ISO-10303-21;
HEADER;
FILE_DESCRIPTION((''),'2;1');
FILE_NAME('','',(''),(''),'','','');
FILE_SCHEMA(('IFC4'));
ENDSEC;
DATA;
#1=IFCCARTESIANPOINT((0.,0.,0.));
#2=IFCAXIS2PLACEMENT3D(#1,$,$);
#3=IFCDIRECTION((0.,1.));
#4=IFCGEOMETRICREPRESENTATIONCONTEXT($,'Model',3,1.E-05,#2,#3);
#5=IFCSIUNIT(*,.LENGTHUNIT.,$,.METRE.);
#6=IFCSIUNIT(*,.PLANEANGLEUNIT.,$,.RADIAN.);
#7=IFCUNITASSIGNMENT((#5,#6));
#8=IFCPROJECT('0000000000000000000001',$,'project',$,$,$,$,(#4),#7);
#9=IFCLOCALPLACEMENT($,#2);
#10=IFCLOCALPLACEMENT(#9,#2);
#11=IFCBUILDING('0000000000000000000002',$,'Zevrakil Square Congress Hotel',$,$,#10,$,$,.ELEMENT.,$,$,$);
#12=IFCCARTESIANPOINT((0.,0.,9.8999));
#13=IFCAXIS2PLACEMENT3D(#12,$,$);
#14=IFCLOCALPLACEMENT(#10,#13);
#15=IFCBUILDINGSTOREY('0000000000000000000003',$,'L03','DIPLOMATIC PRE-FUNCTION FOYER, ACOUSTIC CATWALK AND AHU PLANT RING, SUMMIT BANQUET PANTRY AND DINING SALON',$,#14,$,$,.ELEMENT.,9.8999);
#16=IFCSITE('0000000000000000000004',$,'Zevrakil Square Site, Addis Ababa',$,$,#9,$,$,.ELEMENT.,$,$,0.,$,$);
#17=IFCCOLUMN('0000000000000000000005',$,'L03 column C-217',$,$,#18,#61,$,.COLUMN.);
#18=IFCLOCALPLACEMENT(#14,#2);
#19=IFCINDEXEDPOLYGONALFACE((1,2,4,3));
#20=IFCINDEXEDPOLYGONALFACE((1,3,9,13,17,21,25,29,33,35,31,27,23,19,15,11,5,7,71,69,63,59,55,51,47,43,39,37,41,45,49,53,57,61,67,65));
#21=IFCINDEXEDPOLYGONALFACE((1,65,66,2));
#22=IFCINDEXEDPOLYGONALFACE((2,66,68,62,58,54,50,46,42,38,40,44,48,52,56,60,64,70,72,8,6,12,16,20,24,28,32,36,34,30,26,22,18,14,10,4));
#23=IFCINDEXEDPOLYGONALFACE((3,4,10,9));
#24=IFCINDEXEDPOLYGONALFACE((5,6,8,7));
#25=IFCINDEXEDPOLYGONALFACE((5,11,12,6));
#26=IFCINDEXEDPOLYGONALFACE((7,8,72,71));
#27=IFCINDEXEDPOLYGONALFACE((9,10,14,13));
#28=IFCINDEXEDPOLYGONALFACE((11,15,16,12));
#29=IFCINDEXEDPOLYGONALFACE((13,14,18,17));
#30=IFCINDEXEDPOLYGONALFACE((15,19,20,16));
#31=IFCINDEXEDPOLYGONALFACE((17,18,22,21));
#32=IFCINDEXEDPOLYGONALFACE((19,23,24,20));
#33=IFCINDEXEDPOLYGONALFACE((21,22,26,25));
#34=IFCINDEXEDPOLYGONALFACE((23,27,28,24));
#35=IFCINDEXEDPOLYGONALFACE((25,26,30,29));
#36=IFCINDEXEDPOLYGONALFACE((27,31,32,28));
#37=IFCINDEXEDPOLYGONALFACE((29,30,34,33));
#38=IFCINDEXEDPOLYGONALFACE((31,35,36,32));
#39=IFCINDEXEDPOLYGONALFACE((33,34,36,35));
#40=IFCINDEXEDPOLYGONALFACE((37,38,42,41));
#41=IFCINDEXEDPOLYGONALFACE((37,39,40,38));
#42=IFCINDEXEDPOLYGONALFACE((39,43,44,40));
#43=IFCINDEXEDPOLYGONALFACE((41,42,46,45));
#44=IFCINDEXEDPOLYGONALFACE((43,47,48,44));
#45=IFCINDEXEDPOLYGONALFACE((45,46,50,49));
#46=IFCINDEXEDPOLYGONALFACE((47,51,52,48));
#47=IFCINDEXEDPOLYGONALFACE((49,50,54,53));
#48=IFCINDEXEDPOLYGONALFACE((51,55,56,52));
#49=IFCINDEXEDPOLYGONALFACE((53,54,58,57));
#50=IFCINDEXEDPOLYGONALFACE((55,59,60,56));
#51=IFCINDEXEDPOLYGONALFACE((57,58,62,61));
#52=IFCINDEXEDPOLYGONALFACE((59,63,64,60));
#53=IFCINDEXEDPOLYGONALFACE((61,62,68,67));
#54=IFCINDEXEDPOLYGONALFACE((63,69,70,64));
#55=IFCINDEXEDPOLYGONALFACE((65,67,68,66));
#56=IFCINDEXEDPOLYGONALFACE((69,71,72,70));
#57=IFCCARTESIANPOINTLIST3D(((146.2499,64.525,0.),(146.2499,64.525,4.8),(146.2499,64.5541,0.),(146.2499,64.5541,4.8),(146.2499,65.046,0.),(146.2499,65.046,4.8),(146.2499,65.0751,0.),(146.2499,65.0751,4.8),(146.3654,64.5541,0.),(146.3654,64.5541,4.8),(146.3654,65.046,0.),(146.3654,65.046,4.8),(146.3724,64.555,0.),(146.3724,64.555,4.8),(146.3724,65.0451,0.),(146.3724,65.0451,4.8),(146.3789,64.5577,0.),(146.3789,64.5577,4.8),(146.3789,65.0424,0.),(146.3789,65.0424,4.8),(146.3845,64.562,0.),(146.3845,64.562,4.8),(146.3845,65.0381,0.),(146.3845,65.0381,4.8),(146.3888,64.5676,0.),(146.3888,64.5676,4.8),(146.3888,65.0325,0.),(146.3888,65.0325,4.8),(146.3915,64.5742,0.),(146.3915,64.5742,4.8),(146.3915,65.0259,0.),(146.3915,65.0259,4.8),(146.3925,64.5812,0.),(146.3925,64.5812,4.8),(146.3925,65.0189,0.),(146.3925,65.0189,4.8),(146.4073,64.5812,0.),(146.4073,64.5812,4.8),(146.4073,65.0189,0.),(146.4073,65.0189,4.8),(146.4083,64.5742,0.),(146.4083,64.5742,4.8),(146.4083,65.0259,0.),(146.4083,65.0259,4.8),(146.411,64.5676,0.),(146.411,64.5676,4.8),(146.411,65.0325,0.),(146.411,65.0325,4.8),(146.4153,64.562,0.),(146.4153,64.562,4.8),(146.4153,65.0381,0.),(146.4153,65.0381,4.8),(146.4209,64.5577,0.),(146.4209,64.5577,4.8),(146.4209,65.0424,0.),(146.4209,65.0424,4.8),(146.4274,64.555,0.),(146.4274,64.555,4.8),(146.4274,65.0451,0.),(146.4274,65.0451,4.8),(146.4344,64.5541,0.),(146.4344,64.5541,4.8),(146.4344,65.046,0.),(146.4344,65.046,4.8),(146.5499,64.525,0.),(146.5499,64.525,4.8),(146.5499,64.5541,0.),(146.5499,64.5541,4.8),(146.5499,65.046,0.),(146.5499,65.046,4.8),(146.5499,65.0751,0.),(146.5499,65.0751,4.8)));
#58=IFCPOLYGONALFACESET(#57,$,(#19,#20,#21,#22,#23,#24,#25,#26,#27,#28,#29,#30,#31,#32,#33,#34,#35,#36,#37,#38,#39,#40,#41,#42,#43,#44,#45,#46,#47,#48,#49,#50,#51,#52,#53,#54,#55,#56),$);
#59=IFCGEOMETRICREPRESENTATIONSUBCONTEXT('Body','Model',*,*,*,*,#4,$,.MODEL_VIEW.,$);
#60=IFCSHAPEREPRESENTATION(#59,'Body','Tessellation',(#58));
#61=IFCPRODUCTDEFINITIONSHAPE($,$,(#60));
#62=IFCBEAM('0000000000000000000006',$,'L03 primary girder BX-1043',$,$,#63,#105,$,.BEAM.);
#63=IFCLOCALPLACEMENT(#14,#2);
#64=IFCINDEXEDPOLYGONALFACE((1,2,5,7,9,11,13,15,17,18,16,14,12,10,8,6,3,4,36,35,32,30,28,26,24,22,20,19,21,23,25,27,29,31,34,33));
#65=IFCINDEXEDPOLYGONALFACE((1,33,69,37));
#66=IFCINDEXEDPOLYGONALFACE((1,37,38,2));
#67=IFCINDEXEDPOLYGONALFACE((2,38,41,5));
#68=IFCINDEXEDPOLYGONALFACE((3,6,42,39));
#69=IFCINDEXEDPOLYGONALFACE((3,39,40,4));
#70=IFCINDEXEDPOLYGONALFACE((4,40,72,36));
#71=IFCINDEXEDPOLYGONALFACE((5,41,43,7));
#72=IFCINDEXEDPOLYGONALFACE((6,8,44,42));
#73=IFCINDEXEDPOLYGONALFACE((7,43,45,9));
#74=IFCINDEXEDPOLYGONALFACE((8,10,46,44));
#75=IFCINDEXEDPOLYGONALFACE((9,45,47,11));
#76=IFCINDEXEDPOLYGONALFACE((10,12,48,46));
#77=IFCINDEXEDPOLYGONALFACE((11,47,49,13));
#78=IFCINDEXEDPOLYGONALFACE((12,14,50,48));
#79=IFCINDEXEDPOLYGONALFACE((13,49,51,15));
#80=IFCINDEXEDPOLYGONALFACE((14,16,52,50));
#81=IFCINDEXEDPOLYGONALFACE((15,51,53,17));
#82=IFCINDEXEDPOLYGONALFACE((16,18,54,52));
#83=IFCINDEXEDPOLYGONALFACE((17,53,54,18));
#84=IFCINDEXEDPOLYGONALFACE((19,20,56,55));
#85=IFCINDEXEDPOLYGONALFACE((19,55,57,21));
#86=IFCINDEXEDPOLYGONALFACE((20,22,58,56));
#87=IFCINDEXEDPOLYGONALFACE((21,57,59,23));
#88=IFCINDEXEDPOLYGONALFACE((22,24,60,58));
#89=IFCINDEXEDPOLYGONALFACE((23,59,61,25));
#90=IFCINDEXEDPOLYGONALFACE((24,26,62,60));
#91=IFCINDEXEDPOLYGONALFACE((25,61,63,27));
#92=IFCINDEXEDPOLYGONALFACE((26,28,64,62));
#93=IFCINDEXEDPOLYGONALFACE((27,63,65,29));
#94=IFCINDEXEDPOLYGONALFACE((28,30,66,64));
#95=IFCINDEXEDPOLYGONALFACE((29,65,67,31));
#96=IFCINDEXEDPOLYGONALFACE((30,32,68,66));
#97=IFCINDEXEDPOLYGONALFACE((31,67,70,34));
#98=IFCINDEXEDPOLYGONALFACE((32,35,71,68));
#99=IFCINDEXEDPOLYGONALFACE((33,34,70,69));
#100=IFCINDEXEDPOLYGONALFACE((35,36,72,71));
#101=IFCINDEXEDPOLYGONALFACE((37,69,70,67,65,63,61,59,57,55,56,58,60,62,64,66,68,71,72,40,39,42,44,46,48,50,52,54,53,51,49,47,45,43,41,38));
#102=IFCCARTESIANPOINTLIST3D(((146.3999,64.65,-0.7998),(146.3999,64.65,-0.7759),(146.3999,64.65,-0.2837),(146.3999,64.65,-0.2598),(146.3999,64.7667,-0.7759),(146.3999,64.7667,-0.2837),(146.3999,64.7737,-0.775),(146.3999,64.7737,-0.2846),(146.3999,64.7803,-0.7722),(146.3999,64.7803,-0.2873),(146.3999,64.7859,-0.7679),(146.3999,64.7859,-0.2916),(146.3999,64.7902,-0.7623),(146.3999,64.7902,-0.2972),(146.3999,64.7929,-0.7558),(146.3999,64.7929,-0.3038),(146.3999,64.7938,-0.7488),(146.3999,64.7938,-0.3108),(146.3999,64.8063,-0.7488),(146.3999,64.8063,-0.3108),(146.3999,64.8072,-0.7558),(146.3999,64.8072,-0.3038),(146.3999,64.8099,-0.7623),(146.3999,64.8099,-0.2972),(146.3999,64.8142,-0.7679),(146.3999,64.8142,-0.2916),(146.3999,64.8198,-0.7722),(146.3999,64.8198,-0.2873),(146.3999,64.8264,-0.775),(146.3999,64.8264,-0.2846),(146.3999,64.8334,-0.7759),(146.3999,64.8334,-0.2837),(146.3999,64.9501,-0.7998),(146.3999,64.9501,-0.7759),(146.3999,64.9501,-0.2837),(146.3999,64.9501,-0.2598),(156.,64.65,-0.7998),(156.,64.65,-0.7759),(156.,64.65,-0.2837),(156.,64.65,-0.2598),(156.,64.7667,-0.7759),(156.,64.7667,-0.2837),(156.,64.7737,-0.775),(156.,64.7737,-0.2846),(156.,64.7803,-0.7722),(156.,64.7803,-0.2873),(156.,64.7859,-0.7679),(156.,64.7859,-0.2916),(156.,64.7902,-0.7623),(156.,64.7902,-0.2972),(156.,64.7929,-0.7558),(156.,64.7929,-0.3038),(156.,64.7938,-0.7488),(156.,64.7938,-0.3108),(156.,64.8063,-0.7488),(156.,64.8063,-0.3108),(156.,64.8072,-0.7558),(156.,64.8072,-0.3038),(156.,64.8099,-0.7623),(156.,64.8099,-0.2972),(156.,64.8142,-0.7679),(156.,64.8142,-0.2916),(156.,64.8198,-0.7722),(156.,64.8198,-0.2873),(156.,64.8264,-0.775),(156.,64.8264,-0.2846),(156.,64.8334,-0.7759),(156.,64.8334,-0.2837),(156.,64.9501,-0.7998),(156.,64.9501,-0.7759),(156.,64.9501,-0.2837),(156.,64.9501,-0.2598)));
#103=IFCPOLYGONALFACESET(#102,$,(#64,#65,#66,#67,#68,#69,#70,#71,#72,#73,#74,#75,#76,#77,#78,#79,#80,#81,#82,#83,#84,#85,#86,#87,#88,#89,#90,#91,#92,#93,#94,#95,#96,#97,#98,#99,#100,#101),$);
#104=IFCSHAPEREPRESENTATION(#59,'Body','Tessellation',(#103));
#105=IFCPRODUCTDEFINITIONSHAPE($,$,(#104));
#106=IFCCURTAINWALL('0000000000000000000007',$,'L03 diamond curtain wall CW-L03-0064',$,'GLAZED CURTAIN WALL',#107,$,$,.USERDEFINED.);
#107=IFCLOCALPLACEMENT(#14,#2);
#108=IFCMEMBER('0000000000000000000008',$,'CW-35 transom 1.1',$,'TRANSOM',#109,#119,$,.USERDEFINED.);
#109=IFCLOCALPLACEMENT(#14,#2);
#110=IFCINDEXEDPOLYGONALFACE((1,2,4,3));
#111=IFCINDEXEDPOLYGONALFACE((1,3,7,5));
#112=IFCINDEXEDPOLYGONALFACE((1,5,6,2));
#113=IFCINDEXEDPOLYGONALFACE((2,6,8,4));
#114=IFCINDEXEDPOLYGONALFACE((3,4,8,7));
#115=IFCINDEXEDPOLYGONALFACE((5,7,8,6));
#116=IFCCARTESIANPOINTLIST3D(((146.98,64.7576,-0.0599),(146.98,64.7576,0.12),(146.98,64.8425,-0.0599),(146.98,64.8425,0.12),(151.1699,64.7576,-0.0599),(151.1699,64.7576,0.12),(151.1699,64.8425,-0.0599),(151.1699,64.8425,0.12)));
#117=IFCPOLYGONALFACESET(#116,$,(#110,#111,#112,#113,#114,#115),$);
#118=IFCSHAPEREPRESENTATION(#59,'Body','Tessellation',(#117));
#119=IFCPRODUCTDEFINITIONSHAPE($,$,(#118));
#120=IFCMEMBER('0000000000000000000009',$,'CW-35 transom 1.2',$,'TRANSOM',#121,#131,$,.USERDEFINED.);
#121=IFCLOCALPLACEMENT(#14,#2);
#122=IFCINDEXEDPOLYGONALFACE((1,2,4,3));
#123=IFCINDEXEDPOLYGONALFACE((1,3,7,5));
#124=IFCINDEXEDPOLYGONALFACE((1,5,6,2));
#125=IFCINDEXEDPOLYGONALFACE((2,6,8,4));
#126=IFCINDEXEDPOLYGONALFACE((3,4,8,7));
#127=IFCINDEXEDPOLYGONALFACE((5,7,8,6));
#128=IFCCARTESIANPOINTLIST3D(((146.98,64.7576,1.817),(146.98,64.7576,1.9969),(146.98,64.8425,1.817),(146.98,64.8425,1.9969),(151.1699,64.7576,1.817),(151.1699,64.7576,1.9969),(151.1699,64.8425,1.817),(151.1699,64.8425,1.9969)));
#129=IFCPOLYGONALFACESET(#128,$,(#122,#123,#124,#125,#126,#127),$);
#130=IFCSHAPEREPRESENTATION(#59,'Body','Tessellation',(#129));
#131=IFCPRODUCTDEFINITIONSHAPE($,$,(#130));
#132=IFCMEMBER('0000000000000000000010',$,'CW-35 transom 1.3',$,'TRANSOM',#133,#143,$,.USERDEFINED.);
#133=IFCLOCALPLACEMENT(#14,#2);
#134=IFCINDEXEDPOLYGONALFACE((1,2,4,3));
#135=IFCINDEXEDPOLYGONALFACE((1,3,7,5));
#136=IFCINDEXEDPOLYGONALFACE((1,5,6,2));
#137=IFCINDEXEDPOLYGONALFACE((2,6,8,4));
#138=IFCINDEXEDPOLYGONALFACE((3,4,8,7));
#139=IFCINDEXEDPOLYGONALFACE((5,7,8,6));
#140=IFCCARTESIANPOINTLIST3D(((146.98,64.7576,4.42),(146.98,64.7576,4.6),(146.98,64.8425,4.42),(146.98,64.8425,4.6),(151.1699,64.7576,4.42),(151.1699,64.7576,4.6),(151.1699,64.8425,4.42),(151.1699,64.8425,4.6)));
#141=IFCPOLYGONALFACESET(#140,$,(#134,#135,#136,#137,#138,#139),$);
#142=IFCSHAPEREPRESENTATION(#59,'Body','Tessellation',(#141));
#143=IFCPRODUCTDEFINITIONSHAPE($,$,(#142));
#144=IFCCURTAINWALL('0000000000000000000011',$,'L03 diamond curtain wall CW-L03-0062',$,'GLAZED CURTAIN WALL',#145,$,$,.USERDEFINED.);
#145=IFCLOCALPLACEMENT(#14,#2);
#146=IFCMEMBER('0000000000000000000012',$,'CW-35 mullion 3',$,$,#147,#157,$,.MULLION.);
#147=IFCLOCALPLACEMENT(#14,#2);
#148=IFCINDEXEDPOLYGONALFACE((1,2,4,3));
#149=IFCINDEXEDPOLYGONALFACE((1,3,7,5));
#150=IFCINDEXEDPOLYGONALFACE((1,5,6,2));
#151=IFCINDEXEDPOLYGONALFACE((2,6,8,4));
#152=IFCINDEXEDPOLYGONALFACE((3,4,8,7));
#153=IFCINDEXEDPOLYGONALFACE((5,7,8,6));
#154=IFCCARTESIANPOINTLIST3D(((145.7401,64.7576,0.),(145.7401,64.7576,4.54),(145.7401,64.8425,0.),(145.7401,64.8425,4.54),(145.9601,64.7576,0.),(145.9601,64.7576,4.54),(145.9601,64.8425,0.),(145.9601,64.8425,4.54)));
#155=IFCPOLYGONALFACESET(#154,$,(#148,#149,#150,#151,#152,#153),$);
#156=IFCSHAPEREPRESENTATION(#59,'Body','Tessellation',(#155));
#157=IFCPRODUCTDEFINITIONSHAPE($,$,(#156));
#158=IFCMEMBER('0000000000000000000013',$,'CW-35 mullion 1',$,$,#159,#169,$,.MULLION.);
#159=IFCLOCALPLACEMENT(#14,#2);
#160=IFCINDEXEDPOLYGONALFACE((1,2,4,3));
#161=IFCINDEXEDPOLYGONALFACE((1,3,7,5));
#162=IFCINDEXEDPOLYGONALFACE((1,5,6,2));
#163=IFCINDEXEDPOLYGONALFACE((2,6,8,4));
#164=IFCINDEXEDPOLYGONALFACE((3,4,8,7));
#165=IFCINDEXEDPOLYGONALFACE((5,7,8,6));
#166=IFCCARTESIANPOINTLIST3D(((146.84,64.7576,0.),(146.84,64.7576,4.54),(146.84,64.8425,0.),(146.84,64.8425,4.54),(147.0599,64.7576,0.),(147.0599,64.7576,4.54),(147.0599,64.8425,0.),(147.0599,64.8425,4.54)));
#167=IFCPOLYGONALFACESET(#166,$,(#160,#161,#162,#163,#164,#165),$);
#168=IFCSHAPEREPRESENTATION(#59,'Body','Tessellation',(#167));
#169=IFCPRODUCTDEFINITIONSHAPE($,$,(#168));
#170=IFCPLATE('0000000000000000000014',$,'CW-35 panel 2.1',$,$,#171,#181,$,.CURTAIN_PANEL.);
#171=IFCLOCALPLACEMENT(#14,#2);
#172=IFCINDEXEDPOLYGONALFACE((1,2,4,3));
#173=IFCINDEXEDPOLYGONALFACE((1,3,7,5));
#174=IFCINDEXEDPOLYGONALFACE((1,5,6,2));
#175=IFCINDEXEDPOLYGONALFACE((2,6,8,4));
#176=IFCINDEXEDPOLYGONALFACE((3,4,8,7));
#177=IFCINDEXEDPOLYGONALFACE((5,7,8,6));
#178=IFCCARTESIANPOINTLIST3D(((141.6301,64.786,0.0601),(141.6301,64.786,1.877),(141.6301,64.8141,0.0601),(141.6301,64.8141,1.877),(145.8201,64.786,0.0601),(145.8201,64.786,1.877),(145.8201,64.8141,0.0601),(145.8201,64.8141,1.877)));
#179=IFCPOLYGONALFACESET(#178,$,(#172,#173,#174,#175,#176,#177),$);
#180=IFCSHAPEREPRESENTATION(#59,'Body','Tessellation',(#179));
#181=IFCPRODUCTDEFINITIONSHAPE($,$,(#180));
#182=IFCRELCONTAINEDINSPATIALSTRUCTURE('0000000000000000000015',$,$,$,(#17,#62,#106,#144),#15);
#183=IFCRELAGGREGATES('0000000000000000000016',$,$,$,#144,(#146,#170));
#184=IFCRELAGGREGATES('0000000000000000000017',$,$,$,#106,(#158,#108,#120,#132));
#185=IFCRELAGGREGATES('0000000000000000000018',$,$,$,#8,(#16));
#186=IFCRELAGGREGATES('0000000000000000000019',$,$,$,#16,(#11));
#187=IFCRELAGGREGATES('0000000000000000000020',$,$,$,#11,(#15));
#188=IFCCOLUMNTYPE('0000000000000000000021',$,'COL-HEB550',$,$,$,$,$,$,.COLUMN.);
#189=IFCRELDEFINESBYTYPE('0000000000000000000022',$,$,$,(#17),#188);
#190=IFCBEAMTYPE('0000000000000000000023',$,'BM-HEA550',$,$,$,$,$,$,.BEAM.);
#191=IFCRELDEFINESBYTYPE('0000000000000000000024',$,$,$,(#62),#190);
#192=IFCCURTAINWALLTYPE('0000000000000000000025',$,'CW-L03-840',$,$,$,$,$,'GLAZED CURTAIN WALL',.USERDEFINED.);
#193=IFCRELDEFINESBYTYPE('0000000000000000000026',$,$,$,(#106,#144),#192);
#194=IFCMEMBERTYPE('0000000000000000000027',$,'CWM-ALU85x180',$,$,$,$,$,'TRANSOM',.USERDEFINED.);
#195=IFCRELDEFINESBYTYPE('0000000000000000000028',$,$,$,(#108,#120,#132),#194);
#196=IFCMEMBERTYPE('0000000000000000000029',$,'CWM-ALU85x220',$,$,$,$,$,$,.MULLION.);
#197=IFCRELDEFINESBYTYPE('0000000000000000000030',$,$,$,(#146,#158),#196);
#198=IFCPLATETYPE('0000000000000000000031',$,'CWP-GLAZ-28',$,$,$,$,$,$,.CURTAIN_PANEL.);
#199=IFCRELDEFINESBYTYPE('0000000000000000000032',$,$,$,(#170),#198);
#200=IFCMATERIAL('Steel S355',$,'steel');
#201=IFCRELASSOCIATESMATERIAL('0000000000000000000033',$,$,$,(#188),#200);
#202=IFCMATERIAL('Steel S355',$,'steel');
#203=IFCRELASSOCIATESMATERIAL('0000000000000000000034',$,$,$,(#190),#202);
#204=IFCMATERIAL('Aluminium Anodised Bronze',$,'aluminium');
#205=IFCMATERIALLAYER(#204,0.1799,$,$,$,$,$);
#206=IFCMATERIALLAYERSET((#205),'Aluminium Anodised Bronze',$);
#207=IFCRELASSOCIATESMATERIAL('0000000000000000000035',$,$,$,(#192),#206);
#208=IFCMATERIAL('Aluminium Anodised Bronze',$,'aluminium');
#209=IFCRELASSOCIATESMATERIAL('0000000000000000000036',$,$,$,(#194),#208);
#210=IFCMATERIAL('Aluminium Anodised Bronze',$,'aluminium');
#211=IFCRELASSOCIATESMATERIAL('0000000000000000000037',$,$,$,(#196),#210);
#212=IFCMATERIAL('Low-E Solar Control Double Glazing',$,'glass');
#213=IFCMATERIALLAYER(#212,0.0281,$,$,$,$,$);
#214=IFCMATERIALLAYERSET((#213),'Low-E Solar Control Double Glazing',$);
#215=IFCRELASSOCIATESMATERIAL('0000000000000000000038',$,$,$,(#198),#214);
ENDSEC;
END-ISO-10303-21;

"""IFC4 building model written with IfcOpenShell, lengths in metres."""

from ifc_helpers import new_model, si_unit, direction, frame, origin, origin_2d, place, context, subcontext, project, spatial, rectangle, i_section, extrude, material, layer, layer_set, material_profile, profile_set, type_object, element, aggregate, save


model = new_model("IFC4")

# Units and contexts
model_context = context("Model", 3, precision=1e-05, world=origin(), true_north=direction((0.0, 1.0)))
body_context = subcontext(model_context, "Body", "Model", "MODEL_VIEW")
ifc_project = project(units=[si_unit("LENGTHUNIT", "METRE"), si_unit("PLANEANGLEUNIT", "RADIAN")], contexts=[model_context])

# Site, building, storey
site_placement = place(None, origin())
site = spatial("IfcSite", under=ifc_project, at=site_placement, Name="Zevrakil Square Site, Addis Ababa", CompositionType="ELEMENT", RefElevation=0.0)
building_placement = place(site_placement, origin())
building = spatial("IfcBuilding", under=site, at=building_placement, Name="Zevrakil Square Congress Hotel", CompositionType="ELEMENT")
storey_placement = place(building_placement, frame((0.0, 0.0, 9.8999)))
storey = spatial("IfcBuildingStorey", under=building, at=storey_placement, Name="L03", Description="DIPLOMATIC PRE-FUNCTION FOYER, ACOUSTIC CATWALK AND AHU PLANT RING, SUMMIT BANQUET PANTRY AND DINING SALON", CompositionType="ELEMENT", Elevation=9.8999)

# Column
ifc_material_1 = material(Name="Steel S355", Category="steel")
ifc_material_profile_1 = material_profile(ifc_material_1, i_section(OverallWidth=0.3, OverallDepth=0.55, WebThickness=0.0149, FlangeThickness=0.0291, FilletRadius=0.0271, at=origin_2d()), Name="HEB 550")
ifc_profile_set_1 = profile_set([ifc_material_profile_1], Name="Steel S355")
column_type = type_object("IfcColumnType", Name="COL-HEB550", PredefinedType="COLUMN", material=ifc_profile_set_1)
column_placement = place(storey_placement, frame((146.3999, 64.8, 0.0), z_axis=(0.0, 0.0, 1.0), x_axis=(1.0, 0.0, 0.0)))
element("IfcColumn", 1, at=column_placement, inside=storey, type_object=column_type, Name="L03 column C-217", PredefinedType="COLUMN", context=body_context, shape_type="SweptSolid", body=[
    extrude(i_section(OverallWidth=0.3, OverallDepth=0.55, WebThickness=0.0149, FlangeThickness=0.0291, FilletRadius=0.0271, at=origin_2d()), origin(), (0.0, 0.0, 1.0), 4.8),
])

# Beam
ifc_material_2 = material(Name="Steel S355", Category="steel")
ifc_material_profile_2 = material_profile(ifc_material_2, i_section(OverallWidth=0.3, OverallDepth=0.54, WebThickness=0.0125, FlangeThickness=0.0239, FilletRadius=0.0271, at=origin_2d()), Name="HEA 550")
ifc_profile_set_2 = profile_set([ifc_material_profile_2], Name="Steel S355")
beam_type = type_object("IfcBeamType", Name="BM-HEA550", PredefinedType="BEAM", material=ifc_profile_set_2)
beam_placement = place(storey_placement, frame((146.3999, 64.8, -0.5298), z_axis=(1.0, 0.0, 0.0), x_axis=(0.0, 1.0, 0.0)))
element("IfcBeam", 2, at=beam_placement, inside=storey, type_object=beam_type, Name="L03 primary girder BX-1043", PredefinedType="BEAM", context=body_context, shape_type="SweptSolid", body=[
    extrude(i_section(OverallWidth=0.3, OverallDepth=0.54, WebThickness=0.0125, FlangeThickness=0.0239, FilletRadius=0.0271, at=origin_2d()), origin(), (0.0, 0.0, 1.0), 9.6001),
])

# Curtain wall, members
ifc_material_3 = material(Name="Aluminium Anodised Bronze", Category="aluminium")
ifc_layer_1 = layer(ifc_material_3, 0.1799)
ifc_layer_set_1 = layer_set([ifc_layer_1], Name="Aluminium Anodised Bronze")
curtain_wall_type = type_object("IfcCurtainWallType", Name="CW-L03-840", ElementType="GLAZED CURTAIN WALL", PredefinedType="USERDEFINED", material=ifc_layer_set_1)
curtain_wall_1_placement = place(storey_placement, origin())
curtain_wall_1 = element("IfcCurtainWall", 3, at=curtain_wall_1_placement, inside=storey, type_object=curtain_wall_type, Name="L03 diamond curtain wall CW-L03-0064", ObjectType="GLAZED CURTAIN WALL", PredefinedType="USERDEFINED")
ifc_material_4 = material(Name="Aluminium Anodised Bronze", Category="aluminium")
ifc_material_profile_3 = material_profile(ifc_material_4, rectangle(XDim=0.085, YDim=0.1799, at=origin_2d()), Name="ALU 85x180")
ifc_profile_set_3 = profile_set([ifc_material_profile_3], Name="Aluminium Anodised Bronze")
member_type_1 = type_object("IfcMemberType", Name="CWM-ALU85x180", ElementType="TRANSOM", PredefinedType="USERDEFINED", material=ifc_profile_set_3)
member_1_placement = place(storey_placement, frame((146.98, 64.8, 0.03), z_axis=(1.0, 0.0, 0.0), x_axis=(0.0, 1.0, 0.0)))
member_1 = element("IfcMember", 4, at=member_1_placement, type_object=member_type_1, Name="CW-35 transom 1.1", ObjectType="TRANSOM", PredefinedType="USERDEFINED", context=body_context, shape_type="SweptSolid", body=[
    extrude(rectangle(XDim=0.085, YDim=0.1799, at=origin_2d()), origin(), (0.0, 0.0, 1.0), 4.1899),
])
member_2_placement = place(storey_placement, frame((146.98, 64.8, 1.907), z_axis=(1.0, 0.0, 0.0), x_axis=(0.0, 1.0, 0.0)))
member_2 = element("IfcMember", 5, at=member_2_placement, type_object=member_type_1, Name="CW-35 transom 1.2", ObjectType="TRANSOM", PredefinedType="USERDEFINED", context=body_context, shape_type="SweptSolid", body=[
    extrude(rectangle(XDim=0.085, YDim=0.1799, at=origin_2d()), origin(), (0.0, 0.0, 1.0), 4.1899),
])
member_3_placement = place(storey_placement, frame((146.98, 64.8, 4.51), z_axis=(1.0, 0.0, 0.0), x_axis=(0.0, 1.0, 0.0)))
member_3 = element("IfcMember", 6, at=member_3_placement, type_object=member_type_1, Name="CW-35 transom 1.3", ObjectType="TRANSOM", PredefinedType="USERDEFINED", context=body_context, shape_type="SweptSolid", body=[
    extrude(rectangle(XDim=0.085, YDim=0.1799, at=origin_2d()), origin(), (0.0, 0.0, 1.0), 4.1899),
])

# Curtain wall, member
curtain_wall_2_placement = place(storey_placement, origin())
curtain_wall_2 = element("IfcCurtainWall", 7, at=curtain_wall_2_placement, inside=storey, type_object=curtain_wall_type, Name="L03 diamond curtain wall CW-L03-0062", ObjectType="GLAZED CURTAIN WALL", PredefinedType="USERDEFINED")
ifc_material_5 = material(Name="Aluminium Anodised Bronze", Category="aluminium")
ifc_material_profile_4 = material_profile(ifc_material_5, rectangle(XDim=0.085, YDim=0.22, at=origin_2d()), Name="ALU 85x220")
ifc_profile_set_4 = profile_set([ifc_material_profile_4], Name="Aluminium Anodised Bronze")
member_type_2 = type_object("IfcMemberType", Name="CWM-ALU85x220", PredefinedType="MULLION", material=ifc_profile_set_4)
member_4_placement = place(storey_placement, frame((145.8501, 64.8, 0.0), z_axis=(0.0, 0.0, 1.0), x_axis=(0.0, 1.0, 0.0)))
member_4 = element("IfcMember", 8, at=member_4_placement, type_object=member_type_2, Name="CW-35 mullion 3", PredefinedType="MULLION", context=body_context, shape_type="SweptSolid", body=[
    extrude(rectangle(XDim=0.085, YDim=0.22, at=origin_2d()), origin(), (0.0, 0.0, 1.0), 4.54),
])

# Member
member_5_placement = place(storey_placement, frame((146.95, 64.8, 0.0), z_axis=(0.0, 0.0, 1.0), x_axis=(0.0, 1.0, 0.0)))
member_5 = element("IfcMember", 9, at=member_5_placement, type_object=member_type_2, Name="CW-35 mullion 1", PredefinedType="MULLION", context=body_context, shape_type="SweptSolid", body=[
    extrude(rectangle(XDim=0.085, YDim=0.22, at=origin_2d()), origin(), (0.0, 0.0, 1.0), 4.54),
])

# Plate
ifc_material_6 = material(Name="Low-E Solar Control Double Glazing", Category="glass")
ifc_layer_2 = layer(ifc_material_6, 0.0281)
ifc_layer_set_2 = layer_set([ifc_layer_2], Name="Low-E Solar Control Double Glazing")
plate_type_1 = type_object("IfcPlateType", Name="CWP-GLAZ-28", PredefinedType="CURTAIN_PANEL", material=ifc_layer_set_2)
plate_1_placement = place(storey_placement, frame((143.7251, 64.8, 0.0601), z_axis=(0.0, 0.0, 1.0), x_axis=(1.0, 0.0, 0.0)))
plate_1 = element("IfcPlate", 10, at=plate_1_placement, type_object=plate_type_1, Name="CW-35 panel 2.1", PredefinedType="CURTAIN_PANEL", context=body_context, shape_type="SweptSolid", body=[
    extrude(rectangle(XDim=4.1899, YDim=0.0281, at=origin_2d()), origin(), (0.0, 0.0, 1.0), 1.8169),
])
aggregate(curtain_wall_2, [member_4, plate_1])
aggregate(curtain_wall_1, [member_5, member_1, member_2, member_3])

save(model, "model.ifc")
